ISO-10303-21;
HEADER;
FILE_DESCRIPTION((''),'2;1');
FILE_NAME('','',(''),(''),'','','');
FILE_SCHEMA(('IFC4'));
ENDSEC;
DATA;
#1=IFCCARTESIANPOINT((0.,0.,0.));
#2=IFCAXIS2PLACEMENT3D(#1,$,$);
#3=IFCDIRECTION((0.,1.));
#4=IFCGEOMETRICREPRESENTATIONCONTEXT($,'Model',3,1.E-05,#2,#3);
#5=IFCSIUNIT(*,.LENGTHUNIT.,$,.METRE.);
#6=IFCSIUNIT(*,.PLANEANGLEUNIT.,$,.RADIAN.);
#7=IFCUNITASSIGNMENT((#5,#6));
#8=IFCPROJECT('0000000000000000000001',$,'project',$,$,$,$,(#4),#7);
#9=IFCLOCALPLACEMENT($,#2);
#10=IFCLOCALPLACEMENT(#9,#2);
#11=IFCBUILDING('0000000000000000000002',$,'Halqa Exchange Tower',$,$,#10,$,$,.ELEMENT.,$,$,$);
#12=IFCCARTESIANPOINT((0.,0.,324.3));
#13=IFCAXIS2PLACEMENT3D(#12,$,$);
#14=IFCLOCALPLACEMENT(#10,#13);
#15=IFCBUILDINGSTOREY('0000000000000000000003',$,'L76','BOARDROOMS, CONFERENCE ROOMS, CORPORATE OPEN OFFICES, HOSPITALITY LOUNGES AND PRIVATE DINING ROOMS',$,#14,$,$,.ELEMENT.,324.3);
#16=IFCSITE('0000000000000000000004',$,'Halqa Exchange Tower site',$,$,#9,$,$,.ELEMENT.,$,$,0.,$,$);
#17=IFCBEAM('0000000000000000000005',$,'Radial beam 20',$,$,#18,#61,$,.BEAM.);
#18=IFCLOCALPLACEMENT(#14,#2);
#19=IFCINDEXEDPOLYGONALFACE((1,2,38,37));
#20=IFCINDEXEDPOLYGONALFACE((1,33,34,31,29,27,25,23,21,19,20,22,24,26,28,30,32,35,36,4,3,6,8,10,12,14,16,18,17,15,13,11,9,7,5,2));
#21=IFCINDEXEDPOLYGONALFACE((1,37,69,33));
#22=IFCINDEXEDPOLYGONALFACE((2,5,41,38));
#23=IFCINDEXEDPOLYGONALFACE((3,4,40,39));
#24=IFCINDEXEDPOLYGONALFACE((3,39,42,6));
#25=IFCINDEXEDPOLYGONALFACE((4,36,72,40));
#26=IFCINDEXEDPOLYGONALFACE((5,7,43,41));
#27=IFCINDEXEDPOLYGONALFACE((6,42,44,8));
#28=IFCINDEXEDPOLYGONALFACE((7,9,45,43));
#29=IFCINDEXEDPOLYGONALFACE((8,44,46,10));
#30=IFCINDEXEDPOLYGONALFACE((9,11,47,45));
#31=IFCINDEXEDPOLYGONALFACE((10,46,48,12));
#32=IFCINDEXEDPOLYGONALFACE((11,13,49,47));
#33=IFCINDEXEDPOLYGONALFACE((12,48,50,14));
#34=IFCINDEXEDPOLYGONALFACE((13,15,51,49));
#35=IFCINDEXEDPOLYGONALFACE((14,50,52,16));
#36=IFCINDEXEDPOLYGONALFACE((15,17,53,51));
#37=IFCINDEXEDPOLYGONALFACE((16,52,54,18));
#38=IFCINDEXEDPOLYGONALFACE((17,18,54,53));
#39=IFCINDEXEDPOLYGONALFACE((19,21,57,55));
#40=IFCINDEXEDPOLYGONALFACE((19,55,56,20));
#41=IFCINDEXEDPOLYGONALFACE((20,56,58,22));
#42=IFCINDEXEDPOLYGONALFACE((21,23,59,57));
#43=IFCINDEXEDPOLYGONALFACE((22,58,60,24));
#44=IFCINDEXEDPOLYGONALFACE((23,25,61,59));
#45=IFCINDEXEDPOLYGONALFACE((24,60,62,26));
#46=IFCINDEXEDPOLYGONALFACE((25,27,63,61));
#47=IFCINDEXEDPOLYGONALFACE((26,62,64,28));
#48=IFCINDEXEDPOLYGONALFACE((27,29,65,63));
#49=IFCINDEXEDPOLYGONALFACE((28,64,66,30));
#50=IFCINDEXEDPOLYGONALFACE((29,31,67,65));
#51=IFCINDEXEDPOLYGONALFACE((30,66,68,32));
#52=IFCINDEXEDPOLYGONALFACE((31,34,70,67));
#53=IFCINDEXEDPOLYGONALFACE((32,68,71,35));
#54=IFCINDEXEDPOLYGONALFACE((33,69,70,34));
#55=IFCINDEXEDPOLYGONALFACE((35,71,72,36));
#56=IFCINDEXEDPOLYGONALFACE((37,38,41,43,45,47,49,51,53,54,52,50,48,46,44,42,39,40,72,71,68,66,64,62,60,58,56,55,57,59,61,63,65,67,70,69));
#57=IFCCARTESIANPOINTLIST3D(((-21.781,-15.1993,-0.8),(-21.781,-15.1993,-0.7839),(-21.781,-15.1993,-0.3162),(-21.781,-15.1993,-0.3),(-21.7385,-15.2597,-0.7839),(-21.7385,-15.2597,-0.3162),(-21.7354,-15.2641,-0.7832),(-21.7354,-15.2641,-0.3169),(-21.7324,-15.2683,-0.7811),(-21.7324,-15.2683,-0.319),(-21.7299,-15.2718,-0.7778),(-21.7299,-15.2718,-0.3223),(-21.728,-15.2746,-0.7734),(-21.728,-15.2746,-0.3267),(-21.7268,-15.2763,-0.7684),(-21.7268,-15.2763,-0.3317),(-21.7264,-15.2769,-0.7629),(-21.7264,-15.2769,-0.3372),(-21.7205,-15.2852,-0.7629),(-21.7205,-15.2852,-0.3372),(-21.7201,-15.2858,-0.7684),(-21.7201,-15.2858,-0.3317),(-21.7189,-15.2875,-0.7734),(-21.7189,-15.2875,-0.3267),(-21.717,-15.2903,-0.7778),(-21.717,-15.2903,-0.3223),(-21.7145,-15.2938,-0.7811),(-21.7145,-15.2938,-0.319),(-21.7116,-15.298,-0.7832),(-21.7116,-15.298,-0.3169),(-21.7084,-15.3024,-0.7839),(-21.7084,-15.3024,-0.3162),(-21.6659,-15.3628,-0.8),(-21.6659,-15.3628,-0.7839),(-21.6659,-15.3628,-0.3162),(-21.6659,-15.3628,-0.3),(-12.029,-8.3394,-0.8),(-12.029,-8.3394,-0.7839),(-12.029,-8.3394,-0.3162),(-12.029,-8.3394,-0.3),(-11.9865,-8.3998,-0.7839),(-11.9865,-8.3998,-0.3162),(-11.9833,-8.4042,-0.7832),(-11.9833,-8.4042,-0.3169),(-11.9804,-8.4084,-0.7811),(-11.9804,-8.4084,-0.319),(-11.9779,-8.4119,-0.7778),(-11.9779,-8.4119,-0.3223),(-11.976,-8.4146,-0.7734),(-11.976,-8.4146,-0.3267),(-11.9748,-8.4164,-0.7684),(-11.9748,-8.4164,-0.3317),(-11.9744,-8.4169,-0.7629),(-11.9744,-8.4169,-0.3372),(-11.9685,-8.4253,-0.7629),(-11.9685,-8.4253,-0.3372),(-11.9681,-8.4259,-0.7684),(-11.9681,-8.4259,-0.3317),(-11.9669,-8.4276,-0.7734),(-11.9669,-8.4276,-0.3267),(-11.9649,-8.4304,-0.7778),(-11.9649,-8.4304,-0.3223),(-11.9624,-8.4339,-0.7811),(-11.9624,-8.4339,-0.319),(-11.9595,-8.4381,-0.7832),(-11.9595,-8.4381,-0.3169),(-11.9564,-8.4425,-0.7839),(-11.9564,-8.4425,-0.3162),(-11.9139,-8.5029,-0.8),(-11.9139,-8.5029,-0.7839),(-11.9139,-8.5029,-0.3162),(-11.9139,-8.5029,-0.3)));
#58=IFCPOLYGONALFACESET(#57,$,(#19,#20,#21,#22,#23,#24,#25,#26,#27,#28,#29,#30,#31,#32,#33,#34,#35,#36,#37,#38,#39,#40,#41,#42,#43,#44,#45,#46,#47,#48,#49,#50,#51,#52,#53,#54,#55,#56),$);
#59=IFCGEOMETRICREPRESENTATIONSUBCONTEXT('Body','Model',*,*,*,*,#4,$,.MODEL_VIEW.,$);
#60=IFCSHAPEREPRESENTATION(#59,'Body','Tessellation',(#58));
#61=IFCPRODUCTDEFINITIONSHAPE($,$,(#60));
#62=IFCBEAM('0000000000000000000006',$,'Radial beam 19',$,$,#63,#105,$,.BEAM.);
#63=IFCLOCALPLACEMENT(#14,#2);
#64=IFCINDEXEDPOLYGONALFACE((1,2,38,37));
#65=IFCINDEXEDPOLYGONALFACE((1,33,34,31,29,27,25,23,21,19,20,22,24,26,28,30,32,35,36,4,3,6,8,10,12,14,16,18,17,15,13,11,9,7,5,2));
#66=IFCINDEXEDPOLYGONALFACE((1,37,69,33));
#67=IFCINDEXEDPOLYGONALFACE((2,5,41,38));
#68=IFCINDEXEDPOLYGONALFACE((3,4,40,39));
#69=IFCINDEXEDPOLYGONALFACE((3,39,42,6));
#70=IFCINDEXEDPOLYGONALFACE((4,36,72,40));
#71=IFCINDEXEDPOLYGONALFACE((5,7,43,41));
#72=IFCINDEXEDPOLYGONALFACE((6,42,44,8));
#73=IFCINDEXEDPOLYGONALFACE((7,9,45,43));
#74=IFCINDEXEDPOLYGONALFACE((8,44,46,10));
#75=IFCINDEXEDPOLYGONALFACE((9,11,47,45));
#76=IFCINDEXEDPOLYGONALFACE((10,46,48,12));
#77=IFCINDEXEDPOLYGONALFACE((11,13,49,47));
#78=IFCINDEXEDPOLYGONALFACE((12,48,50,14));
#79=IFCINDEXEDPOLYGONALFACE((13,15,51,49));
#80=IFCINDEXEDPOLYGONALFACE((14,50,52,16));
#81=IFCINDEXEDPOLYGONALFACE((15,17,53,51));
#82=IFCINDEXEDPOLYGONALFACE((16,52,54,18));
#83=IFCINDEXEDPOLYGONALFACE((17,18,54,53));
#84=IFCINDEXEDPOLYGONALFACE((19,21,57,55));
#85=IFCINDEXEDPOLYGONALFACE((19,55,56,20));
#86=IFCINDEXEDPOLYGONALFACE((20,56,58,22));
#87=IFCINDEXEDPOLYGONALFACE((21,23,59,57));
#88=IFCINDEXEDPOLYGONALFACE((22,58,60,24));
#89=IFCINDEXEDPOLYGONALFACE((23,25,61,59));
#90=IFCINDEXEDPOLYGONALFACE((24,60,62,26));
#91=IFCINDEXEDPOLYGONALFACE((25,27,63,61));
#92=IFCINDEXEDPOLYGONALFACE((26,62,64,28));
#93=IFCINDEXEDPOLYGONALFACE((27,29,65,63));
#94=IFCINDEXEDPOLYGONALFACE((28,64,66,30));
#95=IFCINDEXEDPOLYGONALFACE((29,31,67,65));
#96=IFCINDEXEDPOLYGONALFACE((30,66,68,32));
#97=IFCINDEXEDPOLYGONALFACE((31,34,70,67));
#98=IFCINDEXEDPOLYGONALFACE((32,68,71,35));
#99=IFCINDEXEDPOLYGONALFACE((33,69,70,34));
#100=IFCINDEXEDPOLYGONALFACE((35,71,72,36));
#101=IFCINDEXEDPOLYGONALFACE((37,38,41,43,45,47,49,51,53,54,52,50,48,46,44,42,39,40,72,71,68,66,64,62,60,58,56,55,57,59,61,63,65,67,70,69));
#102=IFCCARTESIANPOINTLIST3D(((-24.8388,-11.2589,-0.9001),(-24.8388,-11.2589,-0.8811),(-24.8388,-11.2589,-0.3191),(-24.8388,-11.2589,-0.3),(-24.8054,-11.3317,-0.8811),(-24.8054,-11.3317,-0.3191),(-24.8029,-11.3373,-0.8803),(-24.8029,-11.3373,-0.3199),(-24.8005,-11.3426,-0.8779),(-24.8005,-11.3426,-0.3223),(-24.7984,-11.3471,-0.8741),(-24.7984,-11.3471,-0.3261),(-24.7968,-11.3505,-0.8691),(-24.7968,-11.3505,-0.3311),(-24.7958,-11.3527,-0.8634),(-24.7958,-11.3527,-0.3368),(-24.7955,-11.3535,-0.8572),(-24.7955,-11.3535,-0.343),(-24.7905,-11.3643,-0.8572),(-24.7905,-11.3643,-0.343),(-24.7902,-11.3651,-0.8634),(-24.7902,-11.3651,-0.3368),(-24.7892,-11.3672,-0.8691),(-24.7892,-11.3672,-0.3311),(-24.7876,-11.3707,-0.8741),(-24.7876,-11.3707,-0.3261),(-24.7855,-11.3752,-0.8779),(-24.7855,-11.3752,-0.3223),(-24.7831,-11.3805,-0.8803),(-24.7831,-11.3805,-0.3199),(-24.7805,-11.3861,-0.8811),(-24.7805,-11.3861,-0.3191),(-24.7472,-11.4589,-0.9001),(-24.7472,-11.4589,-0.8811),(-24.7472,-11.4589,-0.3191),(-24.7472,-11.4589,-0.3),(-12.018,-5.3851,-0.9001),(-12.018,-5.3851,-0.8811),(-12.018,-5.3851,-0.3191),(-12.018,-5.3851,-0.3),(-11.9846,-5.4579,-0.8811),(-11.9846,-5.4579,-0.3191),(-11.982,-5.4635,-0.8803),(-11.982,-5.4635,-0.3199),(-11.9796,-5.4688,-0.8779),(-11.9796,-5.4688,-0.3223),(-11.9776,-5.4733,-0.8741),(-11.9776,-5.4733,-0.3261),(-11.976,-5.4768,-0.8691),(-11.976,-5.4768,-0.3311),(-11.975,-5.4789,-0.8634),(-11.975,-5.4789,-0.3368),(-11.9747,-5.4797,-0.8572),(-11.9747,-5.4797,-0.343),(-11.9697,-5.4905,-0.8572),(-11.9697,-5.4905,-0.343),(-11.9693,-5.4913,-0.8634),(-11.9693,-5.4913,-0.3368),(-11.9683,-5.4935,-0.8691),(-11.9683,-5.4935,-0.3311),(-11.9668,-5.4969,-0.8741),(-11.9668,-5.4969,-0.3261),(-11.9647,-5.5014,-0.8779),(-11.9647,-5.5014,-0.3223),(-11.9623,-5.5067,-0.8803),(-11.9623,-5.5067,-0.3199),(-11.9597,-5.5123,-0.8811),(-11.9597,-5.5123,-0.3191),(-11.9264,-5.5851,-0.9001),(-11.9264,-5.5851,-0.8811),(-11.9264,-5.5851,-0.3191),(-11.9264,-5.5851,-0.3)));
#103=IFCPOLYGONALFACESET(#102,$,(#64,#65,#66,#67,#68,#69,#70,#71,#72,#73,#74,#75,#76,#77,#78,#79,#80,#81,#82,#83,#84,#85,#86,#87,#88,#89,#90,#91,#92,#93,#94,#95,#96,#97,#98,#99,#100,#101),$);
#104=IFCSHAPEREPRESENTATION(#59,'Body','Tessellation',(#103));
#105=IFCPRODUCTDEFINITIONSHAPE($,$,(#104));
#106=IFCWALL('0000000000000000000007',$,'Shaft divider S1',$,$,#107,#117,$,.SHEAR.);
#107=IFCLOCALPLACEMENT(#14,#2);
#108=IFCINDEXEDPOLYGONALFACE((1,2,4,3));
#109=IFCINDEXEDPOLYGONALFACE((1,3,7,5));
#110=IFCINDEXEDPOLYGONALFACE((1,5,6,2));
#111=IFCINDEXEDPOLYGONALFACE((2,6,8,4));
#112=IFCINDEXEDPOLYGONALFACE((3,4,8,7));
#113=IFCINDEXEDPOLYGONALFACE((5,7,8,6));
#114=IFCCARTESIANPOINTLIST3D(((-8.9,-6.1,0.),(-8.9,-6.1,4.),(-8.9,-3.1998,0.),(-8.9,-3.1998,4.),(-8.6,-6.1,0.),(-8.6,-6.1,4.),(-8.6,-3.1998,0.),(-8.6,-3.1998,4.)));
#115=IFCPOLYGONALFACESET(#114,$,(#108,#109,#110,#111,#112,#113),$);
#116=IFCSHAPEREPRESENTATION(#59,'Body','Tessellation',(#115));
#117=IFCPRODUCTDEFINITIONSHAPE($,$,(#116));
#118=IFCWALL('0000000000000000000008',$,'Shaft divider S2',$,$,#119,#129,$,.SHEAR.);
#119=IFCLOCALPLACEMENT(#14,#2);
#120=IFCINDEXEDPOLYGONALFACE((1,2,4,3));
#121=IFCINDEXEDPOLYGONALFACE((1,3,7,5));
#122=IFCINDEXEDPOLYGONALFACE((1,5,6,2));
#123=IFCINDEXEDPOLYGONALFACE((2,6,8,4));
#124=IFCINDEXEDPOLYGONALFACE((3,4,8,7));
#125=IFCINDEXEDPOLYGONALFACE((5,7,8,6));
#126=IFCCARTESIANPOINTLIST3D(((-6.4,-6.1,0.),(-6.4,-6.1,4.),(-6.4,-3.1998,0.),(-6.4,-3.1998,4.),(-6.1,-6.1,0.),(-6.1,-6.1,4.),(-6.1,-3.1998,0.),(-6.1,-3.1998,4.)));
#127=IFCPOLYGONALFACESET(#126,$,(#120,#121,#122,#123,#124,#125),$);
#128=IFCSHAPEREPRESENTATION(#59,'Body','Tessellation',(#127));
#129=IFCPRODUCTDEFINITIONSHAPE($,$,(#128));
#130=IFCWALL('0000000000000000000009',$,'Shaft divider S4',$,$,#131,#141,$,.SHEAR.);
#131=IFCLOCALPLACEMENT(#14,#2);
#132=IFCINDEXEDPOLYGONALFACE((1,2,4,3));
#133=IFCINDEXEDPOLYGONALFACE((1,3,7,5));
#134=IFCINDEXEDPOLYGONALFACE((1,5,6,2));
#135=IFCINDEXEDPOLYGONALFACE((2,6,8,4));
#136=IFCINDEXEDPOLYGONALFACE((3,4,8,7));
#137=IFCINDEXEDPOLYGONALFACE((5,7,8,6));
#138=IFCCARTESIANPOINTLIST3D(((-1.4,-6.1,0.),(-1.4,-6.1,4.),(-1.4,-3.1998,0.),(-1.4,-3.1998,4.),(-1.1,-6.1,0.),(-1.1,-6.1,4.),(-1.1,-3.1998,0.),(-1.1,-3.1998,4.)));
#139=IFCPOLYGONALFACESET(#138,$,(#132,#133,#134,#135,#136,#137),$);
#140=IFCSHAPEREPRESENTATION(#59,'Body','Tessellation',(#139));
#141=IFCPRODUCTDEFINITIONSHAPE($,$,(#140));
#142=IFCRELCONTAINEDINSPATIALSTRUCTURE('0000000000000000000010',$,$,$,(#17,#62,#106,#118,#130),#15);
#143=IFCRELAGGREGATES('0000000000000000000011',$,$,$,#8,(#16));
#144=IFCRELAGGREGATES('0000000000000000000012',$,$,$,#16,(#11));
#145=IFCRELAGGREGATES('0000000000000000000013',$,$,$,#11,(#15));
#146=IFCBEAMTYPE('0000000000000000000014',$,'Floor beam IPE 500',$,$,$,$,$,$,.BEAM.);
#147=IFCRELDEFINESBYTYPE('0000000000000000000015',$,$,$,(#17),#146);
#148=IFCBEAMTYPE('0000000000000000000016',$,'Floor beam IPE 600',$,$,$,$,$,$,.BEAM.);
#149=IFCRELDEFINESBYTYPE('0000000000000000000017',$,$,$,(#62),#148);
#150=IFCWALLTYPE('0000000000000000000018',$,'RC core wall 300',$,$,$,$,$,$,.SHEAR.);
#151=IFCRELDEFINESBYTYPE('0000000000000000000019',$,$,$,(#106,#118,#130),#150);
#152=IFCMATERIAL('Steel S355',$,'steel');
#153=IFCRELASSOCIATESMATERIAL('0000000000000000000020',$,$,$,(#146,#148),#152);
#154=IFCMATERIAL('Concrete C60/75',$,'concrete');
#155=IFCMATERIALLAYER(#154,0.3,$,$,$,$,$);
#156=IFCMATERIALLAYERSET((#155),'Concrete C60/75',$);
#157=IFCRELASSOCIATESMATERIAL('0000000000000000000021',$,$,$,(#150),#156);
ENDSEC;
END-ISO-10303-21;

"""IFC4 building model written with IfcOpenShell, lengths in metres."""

from ifc_helpers import new_model, si_unit, direction, frame, frame_2d, origin, origin_2d, place, context, subcontext, project, spatial, rectangle, i_section, extrude, material, layer, layer_set, material_profile, profile_set, type_object, element, save


model = new_model("IFC4")

# Units and contexts
model_context = context("Model", 3, precision=1e-05, world=origin(), true_north=direction((0.0, 1.0)))
body_context = subcontext(model_context, "Body", "Model", "MODEL_VIEW")
ifc_project = project(units=[si_unit("LENGTHUNIT", "METRE"), si_unit("PLANEANGLEUNIT", "RADIAN")], contexts=[model_context])

# Site, building, storey
site_placement = place(None, origin())
site = spatial("IfcSite", under=ifc_project, at=site_placement, Name="Halqa Exchange Tower site", CompositionType="ELEMENT", RefElevation=0.0)
building_placement = place(site_placement, origin())
building = spatial("IfcBuilding", under=site, at=building_placement, Name="Halqa Exchange Tower", CompositionType="ELEMENT")
storey_placement = place(building_placement, frame((0.0, 0.0, 324.3)))
storey = spatial("IfcBuildingStorey", under=building, at=storey_placement, Name="L76", Description="BOARDROOMS, CONFERENCE ROOMS, CORPORATE OPEN OFFICES, HOSPITALITY LOUNGES AND PRIVATE DINING ROOMS", CompositionType="ELEMENT", Elevation=324.3)

# Beams
ifc_material_1 = material(Name="Steel S355", Category="steel")
ifc_material_profile_1 = material_profile(ifc_material_1, i_section(OverallWidth=0.2, OverallDepth=0.5, WebThickness=0.0103, FlangeThickness=0.0161, FilletRadius=0.021, at=origin_2d()), Name="IPE 500")
ifc_profile_set_1 = profile_set([ifc_material_profile_1], Name="Steel S355")
beam_type_1 = type_object("IfcBeamType", Name="Floor beam IPE 500", PredefinedType="BEAM", material=ifc_profile_set_1)
beam_1_placement = place(storey_placement, frame((-11.9714, -8.4211, -0.55), z_axis=(-0.81791, -0.575346, 0.0), x_axis=(0.575346, -0.81791, 0.0)))
element("IfcBeam", 1, at=beam_1_placement, inside=storey, type_object=beam_type_1, Name="Radial beam 20", PredefinedType="BEAM", context=body_context, shape_type="SweptSolid", body=[
    extrude(i_section(OverallWidth=0.2, OverallDepth=0.5, WebThickness=0.0103, FlangeThickness=0.0161, FilletRadius=0.021, at=origin_2d()), origin(), (0.0, 0.0, 1.0), 11.9231),
])
ifc_material_profile_2 = material_profile(ifc_material_1, i_section(OverallWidth=0.22, OverallDepth=0.6001, WebThickness=0.012, FlangeThickness=0.019, FilletRadius=0.0239, at=origin_2d()), Name="IPE 600")
ifc_profile_set_2 = profile_set([ifc_material_profile_2], Name="Steel S355")
beam_type_2 = type_object("IfcBeamType", Name="Floor beam IPE 600", PredefinedType="BEAM", material=ifc_profile_set_2)
beam_2_placement = place(storey_placement, frame((-11.9722, -5.4851, -0.6001), z_axis=(-0.90913, -0.416513, 0.0), x_axis=(0.416513, -0.90913, 0.0)))
element("IfcBeam", 2, at=beam_2_placement, inside=storey, type_object=beam_type_2, Name="Radial beam 19", PredefinedType="BEAM", context=body_context, shape_type="SweptSolid", body=[
    extrude(i_section(OverallWidth=0.22, OverallDepth=0.6001, WebThickness=0.012, FlangeThickness=0.019, FilletRadius=0.0239, at=origin_2d()), origin(), (0.0, 0.0, 1.0), 14.1023),
])

# Walls
ifc_material_2 = material(Name="Concrete C60/75", Category="concrete")
ifc_layer_1 = layer(ifc_material_2, 0.3)
ifc_layer_set_1 = layer_set([ifc_layer_1], Name="Concrete C60/75")
wall_type_1 = type_object("IfcWallType", Name="RC core wall 300", PredefinedType="SHEAR", material=ifc_layer_set_1)
for number, where, z_axis, x_axis, name in (
    (3, (-8.75, -6.1001, 0.0), (0.0, 0.0, 1.0), (0.0, 1.0, 0.0), "Shaft divider S1"),
    (4, (-6.25, -6.1001, 0.0), (0.0, 0.0, 1.0), (0.0, 1.0, 0.0), "Shaft divider S2"),
    (5, (-1.25, -6.1001, 0.0), (0.0, 0.0, 1.0), (0.0, 1.0, 0.0), "Shaft divider S4"),
):
    element("IfcWall", number, at=place(storey_placement, frame(where, z_axis=z_axis, x_axis=x_axis)), inside=storey, type_object=wall_type_1, Name=name, PredefinedType="SHEAR", context=body_context, shape_type="SweptSolid", body=[
        extrude(rectangle(XDim=2.9001, YDim=0.3, at=frame_2d((1.4502, 0.0))), origin(), (0.0, 0.0, 1.0), 4.0),
    ])

save(model, "model.ifc")
